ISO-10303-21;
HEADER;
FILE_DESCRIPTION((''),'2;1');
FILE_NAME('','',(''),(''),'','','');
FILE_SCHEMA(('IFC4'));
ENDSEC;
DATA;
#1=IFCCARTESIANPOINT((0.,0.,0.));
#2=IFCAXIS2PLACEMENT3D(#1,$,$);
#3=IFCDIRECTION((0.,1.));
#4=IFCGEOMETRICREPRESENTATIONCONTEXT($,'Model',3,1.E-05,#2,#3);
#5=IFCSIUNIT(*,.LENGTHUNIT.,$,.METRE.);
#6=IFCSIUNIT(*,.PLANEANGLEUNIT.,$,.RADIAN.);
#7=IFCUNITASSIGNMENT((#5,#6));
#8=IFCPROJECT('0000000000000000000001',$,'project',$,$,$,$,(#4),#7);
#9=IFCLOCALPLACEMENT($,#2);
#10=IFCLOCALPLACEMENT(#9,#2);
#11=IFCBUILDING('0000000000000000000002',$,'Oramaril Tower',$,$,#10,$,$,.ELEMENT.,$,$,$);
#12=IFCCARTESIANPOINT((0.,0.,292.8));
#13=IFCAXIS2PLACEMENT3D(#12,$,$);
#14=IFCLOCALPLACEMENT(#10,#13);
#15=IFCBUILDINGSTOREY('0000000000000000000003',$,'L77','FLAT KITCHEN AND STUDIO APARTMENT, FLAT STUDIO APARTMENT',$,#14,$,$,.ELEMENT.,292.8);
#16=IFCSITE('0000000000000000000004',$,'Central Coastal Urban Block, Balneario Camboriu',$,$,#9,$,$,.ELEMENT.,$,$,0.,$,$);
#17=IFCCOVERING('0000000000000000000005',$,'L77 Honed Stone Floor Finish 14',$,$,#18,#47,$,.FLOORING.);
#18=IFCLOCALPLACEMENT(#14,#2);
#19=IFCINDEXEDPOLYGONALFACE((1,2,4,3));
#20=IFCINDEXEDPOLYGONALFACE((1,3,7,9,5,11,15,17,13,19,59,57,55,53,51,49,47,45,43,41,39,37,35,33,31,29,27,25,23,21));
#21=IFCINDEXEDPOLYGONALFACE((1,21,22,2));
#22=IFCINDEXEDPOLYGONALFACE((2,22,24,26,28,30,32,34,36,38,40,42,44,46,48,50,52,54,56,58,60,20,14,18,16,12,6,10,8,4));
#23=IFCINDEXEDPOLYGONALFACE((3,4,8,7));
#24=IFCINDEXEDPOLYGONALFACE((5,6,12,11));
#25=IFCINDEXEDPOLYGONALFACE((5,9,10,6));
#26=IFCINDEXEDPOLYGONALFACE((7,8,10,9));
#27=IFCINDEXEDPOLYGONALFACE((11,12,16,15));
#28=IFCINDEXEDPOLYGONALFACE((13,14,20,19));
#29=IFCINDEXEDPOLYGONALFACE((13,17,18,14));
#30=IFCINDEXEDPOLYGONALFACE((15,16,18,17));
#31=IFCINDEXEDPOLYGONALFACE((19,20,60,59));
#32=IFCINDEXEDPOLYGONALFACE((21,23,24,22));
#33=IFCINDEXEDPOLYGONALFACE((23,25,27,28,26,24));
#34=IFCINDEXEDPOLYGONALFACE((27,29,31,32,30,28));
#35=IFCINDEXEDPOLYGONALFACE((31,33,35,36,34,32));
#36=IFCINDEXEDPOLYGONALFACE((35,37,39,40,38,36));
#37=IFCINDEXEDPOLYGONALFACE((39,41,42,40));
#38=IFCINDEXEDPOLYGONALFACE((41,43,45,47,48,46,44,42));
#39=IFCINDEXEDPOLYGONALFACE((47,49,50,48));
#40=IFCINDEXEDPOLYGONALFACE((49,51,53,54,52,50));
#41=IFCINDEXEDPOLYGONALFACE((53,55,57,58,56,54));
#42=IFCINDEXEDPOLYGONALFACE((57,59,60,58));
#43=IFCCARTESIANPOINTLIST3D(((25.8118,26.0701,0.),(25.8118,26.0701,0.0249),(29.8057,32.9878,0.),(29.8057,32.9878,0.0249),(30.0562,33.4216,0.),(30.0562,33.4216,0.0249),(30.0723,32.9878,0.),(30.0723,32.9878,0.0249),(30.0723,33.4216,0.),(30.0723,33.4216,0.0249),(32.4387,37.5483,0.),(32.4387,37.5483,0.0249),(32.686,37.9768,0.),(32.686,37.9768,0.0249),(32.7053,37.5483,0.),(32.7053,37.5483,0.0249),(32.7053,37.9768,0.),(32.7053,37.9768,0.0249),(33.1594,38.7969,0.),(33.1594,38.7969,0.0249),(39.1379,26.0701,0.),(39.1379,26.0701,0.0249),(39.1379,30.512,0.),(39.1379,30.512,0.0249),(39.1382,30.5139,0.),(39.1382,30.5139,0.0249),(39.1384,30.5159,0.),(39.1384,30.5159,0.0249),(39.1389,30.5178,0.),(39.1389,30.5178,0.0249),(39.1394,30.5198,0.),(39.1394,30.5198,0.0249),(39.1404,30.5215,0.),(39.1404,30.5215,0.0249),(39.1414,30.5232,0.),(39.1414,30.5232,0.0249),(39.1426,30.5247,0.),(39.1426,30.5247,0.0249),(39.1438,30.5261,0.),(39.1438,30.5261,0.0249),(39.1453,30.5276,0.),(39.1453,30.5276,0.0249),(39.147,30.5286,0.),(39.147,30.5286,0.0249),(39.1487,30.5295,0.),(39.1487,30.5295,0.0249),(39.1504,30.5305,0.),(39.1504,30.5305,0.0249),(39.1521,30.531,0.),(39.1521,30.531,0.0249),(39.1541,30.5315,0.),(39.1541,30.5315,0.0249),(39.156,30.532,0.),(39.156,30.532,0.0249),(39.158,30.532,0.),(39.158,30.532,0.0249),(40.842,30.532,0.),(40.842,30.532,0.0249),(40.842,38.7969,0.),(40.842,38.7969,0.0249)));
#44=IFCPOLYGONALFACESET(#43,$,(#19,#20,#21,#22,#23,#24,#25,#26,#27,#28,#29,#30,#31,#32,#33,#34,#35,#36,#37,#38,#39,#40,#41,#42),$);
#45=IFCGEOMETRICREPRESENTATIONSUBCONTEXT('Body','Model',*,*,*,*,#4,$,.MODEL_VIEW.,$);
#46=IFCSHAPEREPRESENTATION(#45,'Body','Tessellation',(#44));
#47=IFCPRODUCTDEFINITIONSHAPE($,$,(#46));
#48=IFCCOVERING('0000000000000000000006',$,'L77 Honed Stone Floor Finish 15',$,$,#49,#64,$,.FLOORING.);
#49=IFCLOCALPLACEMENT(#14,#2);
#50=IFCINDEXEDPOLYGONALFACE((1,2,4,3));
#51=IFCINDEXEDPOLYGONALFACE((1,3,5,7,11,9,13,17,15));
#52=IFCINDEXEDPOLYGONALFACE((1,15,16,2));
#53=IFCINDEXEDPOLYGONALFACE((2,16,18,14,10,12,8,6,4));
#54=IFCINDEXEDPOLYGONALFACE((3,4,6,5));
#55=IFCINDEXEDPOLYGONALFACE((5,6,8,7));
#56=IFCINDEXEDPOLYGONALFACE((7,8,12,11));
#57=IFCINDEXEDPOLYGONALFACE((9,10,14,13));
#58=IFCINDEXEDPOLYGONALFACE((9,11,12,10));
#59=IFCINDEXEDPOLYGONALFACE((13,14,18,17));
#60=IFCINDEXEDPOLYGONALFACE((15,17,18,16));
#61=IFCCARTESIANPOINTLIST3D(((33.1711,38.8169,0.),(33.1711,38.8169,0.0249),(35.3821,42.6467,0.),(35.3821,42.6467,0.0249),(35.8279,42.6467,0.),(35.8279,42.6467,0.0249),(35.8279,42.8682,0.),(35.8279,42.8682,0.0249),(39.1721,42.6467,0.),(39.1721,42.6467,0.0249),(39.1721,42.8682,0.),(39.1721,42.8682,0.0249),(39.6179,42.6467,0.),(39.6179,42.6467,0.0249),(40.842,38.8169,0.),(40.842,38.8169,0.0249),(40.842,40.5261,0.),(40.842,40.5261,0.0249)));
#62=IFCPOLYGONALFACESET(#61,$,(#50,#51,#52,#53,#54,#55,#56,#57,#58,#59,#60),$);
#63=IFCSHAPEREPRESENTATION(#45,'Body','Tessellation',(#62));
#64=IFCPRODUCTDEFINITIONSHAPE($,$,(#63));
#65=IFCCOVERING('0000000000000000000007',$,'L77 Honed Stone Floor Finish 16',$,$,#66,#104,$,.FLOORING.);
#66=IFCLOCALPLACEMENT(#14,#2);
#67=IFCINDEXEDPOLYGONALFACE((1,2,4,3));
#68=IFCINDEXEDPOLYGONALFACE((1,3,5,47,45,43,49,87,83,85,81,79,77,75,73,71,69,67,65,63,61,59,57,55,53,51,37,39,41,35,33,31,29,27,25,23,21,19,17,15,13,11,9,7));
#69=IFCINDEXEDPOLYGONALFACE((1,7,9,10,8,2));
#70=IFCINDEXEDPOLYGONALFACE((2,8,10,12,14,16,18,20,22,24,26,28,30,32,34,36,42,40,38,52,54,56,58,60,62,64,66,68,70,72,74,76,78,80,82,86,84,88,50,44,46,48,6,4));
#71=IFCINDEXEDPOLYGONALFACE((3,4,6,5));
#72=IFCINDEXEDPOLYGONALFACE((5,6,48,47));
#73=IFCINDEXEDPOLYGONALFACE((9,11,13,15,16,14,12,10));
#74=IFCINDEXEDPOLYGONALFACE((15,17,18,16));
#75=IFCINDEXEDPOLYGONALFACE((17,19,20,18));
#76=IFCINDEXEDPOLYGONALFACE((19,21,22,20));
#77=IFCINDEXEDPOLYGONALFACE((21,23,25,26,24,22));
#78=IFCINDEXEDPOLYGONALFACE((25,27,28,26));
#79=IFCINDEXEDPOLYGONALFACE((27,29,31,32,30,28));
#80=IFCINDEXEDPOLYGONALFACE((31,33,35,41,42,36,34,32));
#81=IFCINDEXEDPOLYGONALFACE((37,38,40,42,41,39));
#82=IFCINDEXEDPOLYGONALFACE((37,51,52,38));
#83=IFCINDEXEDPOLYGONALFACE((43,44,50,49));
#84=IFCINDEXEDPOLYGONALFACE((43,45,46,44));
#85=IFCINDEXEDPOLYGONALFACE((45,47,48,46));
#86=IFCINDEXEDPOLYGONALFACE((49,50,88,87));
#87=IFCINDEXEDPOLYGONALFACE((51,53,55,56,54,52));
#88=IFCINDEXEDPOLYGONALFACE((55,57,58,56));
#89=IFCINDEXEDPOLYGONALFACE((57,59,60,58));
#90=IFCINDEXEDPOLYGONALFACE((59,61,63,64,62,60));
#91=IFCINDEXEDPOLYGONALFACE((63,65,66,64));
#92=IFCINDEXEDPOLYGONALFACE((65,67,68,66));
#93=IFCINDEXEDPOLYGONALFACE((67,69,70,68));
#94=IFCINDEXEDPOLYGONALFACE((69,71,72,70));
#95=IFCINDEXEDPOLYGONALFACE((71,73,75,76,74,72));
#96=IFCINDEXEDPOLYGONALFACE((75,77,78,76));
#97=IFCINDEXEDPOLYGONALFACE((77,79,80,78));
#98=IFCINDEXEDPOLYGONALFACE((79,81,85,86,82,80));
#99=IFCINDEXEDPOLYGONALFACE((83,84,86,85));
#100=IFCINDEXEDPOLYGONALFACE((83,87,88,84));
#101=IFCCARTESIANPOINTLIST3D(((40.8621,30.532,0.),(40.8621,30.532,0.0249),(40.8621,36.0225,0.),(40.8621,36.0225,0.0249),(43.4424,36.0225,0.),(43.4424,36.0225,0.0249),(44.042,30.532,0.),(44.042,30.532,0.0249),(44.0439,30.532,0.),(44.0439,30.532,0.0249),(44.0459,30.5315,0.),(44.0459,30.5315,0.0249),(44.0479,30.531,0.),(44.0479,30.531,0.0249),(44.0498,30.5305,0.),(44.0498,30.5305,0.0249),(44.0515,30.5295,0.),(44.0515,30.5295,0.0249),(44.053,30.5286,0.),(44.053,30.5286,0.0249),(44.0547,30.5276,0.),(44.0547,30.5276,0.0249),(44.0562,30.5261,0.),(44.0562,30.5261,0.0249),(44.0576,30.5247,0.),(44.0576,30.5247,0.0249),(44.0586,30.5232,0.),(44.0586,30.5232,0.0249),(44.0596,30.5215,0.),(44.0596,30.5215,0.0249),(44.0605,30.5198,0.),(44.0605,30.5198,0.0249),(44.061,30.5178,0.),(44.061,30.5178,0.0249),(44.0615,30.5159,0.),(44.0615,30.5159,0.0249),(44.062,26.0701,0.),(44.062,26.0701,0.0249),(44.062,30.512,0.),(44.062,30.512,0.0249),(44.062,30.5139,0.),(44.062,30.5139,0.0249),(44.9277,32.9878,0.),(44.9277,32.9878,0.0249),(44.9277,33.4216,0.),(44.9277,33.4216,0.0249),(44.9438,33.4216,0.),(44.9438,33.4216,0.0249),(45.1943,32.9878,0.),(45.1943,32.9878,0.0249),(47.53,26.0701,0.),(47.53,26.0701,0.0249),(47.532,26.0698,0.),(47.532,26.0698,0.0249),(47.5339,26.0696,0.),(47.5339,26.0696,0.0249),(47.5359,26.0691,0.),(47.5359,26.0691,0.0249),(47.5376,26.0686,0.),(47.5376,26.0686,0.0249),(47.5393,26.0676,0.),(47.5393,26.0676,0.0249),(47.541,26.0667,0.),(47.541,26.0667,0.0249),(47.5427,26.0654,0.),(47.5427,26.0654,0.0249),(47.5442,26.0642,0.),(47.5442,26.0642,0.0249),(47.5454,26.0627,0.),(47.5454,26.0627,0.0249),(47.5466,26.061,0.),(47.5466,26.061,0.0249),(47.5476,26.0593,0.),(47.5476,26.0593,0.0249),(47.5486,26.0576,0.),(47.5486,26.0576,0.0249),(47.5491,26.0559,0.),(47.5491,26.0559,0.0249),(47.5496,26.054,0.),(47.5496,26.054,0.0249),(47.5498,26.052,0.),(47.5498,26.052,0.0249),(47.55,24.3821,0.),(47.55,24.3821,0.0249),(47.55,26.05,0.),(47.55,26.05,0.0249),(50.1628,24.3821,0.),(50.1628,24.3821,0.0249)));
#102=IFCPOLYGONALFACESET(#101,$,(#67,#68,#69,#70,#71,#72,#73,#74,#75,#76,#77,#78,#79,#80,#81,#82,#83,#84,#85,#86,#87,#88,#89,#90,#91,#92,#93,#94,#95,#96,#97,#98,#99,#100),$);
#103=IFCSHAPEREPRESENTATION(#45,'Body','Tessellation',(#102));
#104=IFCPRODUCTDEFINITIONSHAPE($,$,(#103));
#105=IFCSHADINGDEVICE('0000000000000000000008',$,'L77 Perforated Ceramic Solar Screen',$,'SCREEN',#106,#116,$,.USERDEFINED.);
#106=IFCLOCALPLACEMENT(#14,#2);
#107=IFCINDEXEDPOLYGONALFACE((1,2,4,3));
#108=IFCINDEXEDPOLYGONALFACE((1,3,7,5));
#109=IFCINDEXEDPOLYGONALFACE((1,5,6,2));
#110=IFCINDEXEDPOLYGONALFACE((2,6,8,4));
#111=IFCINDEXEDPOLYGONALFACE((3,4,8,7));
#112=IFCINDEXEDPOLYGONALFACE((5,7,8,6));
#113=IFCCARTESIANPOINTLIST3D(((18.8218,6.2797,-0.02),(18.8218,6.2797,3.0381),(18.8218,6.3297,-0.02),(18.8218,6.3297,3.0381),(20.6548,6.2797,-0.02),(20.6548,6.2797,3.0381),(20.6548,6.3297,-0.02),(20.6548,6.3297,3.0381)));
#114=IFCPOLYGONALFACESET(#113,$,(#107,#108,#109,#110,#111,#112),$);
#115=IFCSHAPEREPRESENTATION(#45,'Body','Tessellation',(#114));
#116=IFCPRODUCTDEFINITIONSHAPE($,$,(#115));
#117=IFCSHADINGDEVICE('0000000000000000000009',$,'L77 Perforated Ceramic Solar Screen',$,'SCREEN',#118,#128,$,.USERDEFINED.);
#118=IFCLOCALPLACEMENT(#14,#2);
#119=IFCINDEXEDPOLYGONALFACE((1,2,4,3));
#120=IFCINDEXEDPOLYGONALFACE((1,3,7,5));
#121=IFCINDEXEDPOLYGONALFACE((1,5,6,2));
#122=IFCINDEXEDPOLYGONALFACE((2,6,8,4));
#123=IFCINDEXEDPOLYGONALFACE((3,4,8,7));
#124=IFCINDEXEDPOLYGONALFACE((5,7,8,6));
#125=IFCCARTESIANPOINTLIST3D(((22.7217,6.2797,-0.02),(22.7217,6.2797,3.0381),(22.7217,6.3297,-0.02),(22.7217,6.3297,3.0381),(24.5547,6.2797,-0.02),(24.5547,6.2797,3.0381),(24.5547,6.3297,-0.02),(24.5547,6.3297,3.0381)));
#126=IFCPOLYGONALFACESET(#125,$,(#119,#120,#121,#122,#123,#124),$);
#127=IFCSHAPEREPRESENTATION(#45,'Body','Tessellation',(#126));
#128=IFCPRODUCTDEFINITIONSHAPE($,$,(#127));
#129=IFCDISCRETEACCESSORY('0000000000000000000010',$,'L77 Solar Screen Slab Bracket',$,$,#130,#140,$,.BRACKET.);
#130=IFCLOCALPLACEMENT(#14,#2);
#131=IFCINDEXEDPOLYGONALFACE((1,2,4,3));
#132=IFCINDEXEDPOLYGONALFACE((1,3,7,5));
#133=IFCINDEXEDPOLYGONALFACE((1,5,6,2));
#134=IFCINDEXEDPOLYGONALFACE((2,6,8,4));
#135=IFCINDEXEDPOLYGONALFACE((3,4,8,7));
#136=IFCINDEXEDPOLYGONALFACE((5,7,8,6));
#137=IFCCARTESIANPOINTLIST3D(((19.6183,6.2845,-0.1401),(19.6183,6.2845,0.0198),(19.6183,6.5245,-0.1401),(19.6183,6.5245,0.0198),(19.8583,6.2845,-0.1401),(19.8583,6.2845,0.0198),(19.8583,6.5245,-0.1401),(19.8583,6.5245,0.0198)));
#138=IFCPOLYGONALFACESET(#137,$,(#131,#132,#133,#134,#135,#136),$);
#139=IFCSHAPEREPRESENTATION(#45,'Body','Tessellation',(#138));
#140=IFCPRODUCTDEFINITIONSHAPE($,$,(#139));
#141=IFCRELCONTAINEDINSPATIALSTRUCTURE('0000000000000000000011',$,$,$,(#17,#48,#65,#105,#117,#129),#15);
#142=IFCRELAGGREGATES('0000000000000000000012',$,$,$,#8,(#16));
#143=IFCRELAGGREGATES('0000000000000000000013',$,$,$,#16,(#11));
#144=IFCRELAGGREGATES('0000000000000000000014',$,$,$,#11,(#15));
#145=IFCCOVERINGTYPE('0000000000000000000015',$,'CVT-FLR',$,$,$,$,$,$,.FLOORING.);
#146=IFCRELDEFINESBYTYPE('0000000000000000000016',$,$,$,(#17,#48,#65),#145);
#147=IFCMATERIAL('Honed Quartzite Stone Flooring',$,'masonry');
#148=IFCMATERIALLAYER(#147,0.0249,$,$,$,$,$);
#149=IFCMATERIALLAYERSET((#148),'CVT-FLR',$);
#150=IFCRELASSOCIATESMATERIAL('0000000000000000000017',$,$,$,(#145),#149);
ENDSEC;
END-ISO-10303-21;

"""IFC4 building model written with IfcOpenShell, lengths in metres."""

from ifc_helpers import new_model, si_unit, direction, frame, origin, origin_2d, place, context, subcontext, project, spatial, polyline, rectangle, outline, extrude, material, layer, layer_set, type_object, element, save


model = new_model("IFC4")

# Units and contexts
model_context = context("Model", 3, precision=1e-05, world=origin(), true_north=direction((0.0, 1.0)))
body_context = subcontext(model_context, "Body", "Model", "MODEL_VIEW")
ifc_project = project(units=[si_unit("LENGTHUNIT", "METRE"), si_unit("PLANEANGLEUNIT", "RADIAN")], contexts=[model_context])

# Site, building, storey
site_placement = place(None, origin())
site = spatial("IfcSite", under=ifc_project, at=site_placement, Name="Central Coastal Urban Block, Balneario Camboriu", CompositionType="ELEMENT", RefElevation=0.0)
building_placement = place(site_placement, origin())
building = spatial("IfcBuilding", under=site, at=building_placement, Name="Oramaril Tower", CompositionType="ELEMENT")
storey_placement = place(building_placement, frame((0.0, 0.0, 292.8)))
storey = spatial("IfcBuildingStorey", under=building, at=storey_placement, Name="L77", Description="FLAT KITCHEN AND STUDIO APARTMENT, FLAT STUDIO APARTMENT", CompositionType="ELEMENT", Elevation=292.8)

# Coverings
ifc_material_1 = material(Name="Honed Quartzite Stone Flooring", Category="masonry")
ifc_layer_1 = layer(ifc_material_1, 0.0249)
ifc_layer_set_1 = layer_set([ifc_layer_1], Name="CVT-FLR")
covering_type_1 = type_object("IfcCoveringType", Name="CVT-FLR", PredefinedType="FLOORING", material=ifc_layer_set_1)
covering_1_placement = place(storey_placement, origin())
element("IfcCovering", 1, at=covering_1_placement, inside=storey, type_object=covering_type_1, Name="L77 Honed Stone Floor Finish 14", PredefinedType="FLOORING", context=body_context, shape_type="SweptSolid", body=[
    extrude(outline(polyline([(29.8057, 32.9878), (30.0723, 32.9878), (30.0723, 33.4216), (30.0562, 33.4216), (32.4387, 37.5483), (32.7053, 37.5483), (32.7053, 37.9768), (32.686, 37.9768), (33.1594, 38.7969), (40.842, 38.7969), (40.842, 30.532), (39.158, 30.532), (39.156, 30.532), (39.1541, 30.5315), (39.1521, 30.531), (39.1504, 30.5305), (39.1487, 30.5295), (39.147, 30.5286), (39.1453, 30.5276), (39.1438, 30.5261), (39.1426, 30.5247), (39.1414, 30.5232), (39.1404, 30.5215), (39.1394, 30.5198), (39.1389, 30.5178), (39.1384, 30.5159), (39.1382, 30.5139), (39.1379, 30.512), (39.1379, 26.0701), (25.8118, 26.0701), (29.8057, 32.9878)])), origin(), (0.0, 0.0, 1.0), 0.0249),
])
covering_2_placement = place(storey_placement, origin())
element("IfcCovering", 2, at=covering_2_placement, inside=storey, type_object=covering_type_1, Name="L77 Honed Stone Floor Finish 15", PredefinedType="FLOORING", context=body_context, shape_type="SweptSolid", body=[
    extrude(outline(polyline([(39.1721, 42.6467), (39.6179, 42.6467), (40.842, 40.5261), (40.842, 38.8169), (33.1711, 38.8169), (35.3821, 42.6467), (35.8279, 42.6467), (35.8279, 42.8682), (39.1721, 42.8682), (39.1721, 42.6467)])), origin(), (0.0, 0.0, 1.0), 0.0249),
])
covering_3_placement = place(storey_placement, origin())
element("IfcCovering", 3, at=covering_3_placement, inside=storey, type_object=covering_type_1, Name="L77 Honed Stone Floor Finish 16", PredefinedType="FLOORING", context=body_context, shape_type="SweptSolid", body=[
    extrude(outline(polyline([(43.4424, 36.0225), (44.9438, 33.4216), (44.9277, 33.4216), (44.9277, 32.9878), (45.1943, 32.9878), (50.1628, 24.3821), (47.55, 24.3821), (47.55, 26.05), (47.5498, 26.052), (47.5496, 26.054), (47.5491, 26.0559), (47.5486, 26.0576), (47.5476, 26.0593), (47.5466, 26.061), (47.5454, 26.0627), (47.5442, 26.0642), (47.5427, 26.0654), (47.541, 26.0667), (47.5393, 26.0676), (47.5376, 26.0686), (47.5359, 26.0691), (47.5339, 26.0696), (47.532, 26.0698), (47.53, 26.0701), (44.062, 26.0701), (44.062, 30.512), (44.062, 30.5139), (44.0615, 30.5159), (44.061, 30.5178), (44.0605, 30.5198), (44.0596, 30.5215), (44.0586, 30.5232), (44.0576, 30.5247), (44.0562, 30.5261), (44.0547, 30.5276), (44.053, 30.5286), (44.0515, 30.5295), (44.0498, 30.5305), (44.0479, 30.531), (44.0459, 30.5315), (44.0439, 30.532), (44.042, 30.532), (40.8621, 30.532), (40.8621, 36.0225), (43.4424, 36.0225)])), origin(), (0.0, 0.0, 1.0), 0.0249),
])

# Shading devices
for number, where, z_axis, x_axis, name in (
    (4, (19.7383, 6.3047, -0.02), (0.0, 0.0, 1.0), (1.0, 0.0, 0.0), "L77 Perforated Ceramic Solar Screen"),
    (5, (23.6382, 6.3047, -0.02), (0.0, 0.0, 1.0), (1.0, 0.0, 0.0), "L77 Perforated Ceramic Solar Screen"),
):
    element("IfcShadingDevice", number, at=place(storey_placement, frame(where, z_axis=z_axis, x_axis=x_axis)), inside=storey, Name=name, ObjectType="SCREEN", PredefinedType="USERDEFINED", context=body_context, shape_type="SweptSolid", body=[
        extrude(rectangle(XDim=1.833, YDim=0.05, at=origin_2d()), origin(), (0.0, 0.0, 1.0), 3.0581),
    ])

# Discrete accessory
discrete_accessory_placement = place(storey_placement, frame((19.7383, 6.4045, -0.1401), z_axis=(0.0, 0.0, 1.0), x_axis=(1.0, 0.0, 0.0)))
element("IfcDiscreteAccessory", 6, at=discrete_accessory_placement, inside=storey, Name="L77 Solar Screen Slab Bracket", PredefinedType="BRACKET", context=body_context, shape_type="SweptSolid", body=[
    extrude(rectangle(XDim=0.24, YDim=0.24, at=origin_2d()), origin(), (0.0, 0.0, 1.0), 0.1599),
])

save(model, "model.ifc")
